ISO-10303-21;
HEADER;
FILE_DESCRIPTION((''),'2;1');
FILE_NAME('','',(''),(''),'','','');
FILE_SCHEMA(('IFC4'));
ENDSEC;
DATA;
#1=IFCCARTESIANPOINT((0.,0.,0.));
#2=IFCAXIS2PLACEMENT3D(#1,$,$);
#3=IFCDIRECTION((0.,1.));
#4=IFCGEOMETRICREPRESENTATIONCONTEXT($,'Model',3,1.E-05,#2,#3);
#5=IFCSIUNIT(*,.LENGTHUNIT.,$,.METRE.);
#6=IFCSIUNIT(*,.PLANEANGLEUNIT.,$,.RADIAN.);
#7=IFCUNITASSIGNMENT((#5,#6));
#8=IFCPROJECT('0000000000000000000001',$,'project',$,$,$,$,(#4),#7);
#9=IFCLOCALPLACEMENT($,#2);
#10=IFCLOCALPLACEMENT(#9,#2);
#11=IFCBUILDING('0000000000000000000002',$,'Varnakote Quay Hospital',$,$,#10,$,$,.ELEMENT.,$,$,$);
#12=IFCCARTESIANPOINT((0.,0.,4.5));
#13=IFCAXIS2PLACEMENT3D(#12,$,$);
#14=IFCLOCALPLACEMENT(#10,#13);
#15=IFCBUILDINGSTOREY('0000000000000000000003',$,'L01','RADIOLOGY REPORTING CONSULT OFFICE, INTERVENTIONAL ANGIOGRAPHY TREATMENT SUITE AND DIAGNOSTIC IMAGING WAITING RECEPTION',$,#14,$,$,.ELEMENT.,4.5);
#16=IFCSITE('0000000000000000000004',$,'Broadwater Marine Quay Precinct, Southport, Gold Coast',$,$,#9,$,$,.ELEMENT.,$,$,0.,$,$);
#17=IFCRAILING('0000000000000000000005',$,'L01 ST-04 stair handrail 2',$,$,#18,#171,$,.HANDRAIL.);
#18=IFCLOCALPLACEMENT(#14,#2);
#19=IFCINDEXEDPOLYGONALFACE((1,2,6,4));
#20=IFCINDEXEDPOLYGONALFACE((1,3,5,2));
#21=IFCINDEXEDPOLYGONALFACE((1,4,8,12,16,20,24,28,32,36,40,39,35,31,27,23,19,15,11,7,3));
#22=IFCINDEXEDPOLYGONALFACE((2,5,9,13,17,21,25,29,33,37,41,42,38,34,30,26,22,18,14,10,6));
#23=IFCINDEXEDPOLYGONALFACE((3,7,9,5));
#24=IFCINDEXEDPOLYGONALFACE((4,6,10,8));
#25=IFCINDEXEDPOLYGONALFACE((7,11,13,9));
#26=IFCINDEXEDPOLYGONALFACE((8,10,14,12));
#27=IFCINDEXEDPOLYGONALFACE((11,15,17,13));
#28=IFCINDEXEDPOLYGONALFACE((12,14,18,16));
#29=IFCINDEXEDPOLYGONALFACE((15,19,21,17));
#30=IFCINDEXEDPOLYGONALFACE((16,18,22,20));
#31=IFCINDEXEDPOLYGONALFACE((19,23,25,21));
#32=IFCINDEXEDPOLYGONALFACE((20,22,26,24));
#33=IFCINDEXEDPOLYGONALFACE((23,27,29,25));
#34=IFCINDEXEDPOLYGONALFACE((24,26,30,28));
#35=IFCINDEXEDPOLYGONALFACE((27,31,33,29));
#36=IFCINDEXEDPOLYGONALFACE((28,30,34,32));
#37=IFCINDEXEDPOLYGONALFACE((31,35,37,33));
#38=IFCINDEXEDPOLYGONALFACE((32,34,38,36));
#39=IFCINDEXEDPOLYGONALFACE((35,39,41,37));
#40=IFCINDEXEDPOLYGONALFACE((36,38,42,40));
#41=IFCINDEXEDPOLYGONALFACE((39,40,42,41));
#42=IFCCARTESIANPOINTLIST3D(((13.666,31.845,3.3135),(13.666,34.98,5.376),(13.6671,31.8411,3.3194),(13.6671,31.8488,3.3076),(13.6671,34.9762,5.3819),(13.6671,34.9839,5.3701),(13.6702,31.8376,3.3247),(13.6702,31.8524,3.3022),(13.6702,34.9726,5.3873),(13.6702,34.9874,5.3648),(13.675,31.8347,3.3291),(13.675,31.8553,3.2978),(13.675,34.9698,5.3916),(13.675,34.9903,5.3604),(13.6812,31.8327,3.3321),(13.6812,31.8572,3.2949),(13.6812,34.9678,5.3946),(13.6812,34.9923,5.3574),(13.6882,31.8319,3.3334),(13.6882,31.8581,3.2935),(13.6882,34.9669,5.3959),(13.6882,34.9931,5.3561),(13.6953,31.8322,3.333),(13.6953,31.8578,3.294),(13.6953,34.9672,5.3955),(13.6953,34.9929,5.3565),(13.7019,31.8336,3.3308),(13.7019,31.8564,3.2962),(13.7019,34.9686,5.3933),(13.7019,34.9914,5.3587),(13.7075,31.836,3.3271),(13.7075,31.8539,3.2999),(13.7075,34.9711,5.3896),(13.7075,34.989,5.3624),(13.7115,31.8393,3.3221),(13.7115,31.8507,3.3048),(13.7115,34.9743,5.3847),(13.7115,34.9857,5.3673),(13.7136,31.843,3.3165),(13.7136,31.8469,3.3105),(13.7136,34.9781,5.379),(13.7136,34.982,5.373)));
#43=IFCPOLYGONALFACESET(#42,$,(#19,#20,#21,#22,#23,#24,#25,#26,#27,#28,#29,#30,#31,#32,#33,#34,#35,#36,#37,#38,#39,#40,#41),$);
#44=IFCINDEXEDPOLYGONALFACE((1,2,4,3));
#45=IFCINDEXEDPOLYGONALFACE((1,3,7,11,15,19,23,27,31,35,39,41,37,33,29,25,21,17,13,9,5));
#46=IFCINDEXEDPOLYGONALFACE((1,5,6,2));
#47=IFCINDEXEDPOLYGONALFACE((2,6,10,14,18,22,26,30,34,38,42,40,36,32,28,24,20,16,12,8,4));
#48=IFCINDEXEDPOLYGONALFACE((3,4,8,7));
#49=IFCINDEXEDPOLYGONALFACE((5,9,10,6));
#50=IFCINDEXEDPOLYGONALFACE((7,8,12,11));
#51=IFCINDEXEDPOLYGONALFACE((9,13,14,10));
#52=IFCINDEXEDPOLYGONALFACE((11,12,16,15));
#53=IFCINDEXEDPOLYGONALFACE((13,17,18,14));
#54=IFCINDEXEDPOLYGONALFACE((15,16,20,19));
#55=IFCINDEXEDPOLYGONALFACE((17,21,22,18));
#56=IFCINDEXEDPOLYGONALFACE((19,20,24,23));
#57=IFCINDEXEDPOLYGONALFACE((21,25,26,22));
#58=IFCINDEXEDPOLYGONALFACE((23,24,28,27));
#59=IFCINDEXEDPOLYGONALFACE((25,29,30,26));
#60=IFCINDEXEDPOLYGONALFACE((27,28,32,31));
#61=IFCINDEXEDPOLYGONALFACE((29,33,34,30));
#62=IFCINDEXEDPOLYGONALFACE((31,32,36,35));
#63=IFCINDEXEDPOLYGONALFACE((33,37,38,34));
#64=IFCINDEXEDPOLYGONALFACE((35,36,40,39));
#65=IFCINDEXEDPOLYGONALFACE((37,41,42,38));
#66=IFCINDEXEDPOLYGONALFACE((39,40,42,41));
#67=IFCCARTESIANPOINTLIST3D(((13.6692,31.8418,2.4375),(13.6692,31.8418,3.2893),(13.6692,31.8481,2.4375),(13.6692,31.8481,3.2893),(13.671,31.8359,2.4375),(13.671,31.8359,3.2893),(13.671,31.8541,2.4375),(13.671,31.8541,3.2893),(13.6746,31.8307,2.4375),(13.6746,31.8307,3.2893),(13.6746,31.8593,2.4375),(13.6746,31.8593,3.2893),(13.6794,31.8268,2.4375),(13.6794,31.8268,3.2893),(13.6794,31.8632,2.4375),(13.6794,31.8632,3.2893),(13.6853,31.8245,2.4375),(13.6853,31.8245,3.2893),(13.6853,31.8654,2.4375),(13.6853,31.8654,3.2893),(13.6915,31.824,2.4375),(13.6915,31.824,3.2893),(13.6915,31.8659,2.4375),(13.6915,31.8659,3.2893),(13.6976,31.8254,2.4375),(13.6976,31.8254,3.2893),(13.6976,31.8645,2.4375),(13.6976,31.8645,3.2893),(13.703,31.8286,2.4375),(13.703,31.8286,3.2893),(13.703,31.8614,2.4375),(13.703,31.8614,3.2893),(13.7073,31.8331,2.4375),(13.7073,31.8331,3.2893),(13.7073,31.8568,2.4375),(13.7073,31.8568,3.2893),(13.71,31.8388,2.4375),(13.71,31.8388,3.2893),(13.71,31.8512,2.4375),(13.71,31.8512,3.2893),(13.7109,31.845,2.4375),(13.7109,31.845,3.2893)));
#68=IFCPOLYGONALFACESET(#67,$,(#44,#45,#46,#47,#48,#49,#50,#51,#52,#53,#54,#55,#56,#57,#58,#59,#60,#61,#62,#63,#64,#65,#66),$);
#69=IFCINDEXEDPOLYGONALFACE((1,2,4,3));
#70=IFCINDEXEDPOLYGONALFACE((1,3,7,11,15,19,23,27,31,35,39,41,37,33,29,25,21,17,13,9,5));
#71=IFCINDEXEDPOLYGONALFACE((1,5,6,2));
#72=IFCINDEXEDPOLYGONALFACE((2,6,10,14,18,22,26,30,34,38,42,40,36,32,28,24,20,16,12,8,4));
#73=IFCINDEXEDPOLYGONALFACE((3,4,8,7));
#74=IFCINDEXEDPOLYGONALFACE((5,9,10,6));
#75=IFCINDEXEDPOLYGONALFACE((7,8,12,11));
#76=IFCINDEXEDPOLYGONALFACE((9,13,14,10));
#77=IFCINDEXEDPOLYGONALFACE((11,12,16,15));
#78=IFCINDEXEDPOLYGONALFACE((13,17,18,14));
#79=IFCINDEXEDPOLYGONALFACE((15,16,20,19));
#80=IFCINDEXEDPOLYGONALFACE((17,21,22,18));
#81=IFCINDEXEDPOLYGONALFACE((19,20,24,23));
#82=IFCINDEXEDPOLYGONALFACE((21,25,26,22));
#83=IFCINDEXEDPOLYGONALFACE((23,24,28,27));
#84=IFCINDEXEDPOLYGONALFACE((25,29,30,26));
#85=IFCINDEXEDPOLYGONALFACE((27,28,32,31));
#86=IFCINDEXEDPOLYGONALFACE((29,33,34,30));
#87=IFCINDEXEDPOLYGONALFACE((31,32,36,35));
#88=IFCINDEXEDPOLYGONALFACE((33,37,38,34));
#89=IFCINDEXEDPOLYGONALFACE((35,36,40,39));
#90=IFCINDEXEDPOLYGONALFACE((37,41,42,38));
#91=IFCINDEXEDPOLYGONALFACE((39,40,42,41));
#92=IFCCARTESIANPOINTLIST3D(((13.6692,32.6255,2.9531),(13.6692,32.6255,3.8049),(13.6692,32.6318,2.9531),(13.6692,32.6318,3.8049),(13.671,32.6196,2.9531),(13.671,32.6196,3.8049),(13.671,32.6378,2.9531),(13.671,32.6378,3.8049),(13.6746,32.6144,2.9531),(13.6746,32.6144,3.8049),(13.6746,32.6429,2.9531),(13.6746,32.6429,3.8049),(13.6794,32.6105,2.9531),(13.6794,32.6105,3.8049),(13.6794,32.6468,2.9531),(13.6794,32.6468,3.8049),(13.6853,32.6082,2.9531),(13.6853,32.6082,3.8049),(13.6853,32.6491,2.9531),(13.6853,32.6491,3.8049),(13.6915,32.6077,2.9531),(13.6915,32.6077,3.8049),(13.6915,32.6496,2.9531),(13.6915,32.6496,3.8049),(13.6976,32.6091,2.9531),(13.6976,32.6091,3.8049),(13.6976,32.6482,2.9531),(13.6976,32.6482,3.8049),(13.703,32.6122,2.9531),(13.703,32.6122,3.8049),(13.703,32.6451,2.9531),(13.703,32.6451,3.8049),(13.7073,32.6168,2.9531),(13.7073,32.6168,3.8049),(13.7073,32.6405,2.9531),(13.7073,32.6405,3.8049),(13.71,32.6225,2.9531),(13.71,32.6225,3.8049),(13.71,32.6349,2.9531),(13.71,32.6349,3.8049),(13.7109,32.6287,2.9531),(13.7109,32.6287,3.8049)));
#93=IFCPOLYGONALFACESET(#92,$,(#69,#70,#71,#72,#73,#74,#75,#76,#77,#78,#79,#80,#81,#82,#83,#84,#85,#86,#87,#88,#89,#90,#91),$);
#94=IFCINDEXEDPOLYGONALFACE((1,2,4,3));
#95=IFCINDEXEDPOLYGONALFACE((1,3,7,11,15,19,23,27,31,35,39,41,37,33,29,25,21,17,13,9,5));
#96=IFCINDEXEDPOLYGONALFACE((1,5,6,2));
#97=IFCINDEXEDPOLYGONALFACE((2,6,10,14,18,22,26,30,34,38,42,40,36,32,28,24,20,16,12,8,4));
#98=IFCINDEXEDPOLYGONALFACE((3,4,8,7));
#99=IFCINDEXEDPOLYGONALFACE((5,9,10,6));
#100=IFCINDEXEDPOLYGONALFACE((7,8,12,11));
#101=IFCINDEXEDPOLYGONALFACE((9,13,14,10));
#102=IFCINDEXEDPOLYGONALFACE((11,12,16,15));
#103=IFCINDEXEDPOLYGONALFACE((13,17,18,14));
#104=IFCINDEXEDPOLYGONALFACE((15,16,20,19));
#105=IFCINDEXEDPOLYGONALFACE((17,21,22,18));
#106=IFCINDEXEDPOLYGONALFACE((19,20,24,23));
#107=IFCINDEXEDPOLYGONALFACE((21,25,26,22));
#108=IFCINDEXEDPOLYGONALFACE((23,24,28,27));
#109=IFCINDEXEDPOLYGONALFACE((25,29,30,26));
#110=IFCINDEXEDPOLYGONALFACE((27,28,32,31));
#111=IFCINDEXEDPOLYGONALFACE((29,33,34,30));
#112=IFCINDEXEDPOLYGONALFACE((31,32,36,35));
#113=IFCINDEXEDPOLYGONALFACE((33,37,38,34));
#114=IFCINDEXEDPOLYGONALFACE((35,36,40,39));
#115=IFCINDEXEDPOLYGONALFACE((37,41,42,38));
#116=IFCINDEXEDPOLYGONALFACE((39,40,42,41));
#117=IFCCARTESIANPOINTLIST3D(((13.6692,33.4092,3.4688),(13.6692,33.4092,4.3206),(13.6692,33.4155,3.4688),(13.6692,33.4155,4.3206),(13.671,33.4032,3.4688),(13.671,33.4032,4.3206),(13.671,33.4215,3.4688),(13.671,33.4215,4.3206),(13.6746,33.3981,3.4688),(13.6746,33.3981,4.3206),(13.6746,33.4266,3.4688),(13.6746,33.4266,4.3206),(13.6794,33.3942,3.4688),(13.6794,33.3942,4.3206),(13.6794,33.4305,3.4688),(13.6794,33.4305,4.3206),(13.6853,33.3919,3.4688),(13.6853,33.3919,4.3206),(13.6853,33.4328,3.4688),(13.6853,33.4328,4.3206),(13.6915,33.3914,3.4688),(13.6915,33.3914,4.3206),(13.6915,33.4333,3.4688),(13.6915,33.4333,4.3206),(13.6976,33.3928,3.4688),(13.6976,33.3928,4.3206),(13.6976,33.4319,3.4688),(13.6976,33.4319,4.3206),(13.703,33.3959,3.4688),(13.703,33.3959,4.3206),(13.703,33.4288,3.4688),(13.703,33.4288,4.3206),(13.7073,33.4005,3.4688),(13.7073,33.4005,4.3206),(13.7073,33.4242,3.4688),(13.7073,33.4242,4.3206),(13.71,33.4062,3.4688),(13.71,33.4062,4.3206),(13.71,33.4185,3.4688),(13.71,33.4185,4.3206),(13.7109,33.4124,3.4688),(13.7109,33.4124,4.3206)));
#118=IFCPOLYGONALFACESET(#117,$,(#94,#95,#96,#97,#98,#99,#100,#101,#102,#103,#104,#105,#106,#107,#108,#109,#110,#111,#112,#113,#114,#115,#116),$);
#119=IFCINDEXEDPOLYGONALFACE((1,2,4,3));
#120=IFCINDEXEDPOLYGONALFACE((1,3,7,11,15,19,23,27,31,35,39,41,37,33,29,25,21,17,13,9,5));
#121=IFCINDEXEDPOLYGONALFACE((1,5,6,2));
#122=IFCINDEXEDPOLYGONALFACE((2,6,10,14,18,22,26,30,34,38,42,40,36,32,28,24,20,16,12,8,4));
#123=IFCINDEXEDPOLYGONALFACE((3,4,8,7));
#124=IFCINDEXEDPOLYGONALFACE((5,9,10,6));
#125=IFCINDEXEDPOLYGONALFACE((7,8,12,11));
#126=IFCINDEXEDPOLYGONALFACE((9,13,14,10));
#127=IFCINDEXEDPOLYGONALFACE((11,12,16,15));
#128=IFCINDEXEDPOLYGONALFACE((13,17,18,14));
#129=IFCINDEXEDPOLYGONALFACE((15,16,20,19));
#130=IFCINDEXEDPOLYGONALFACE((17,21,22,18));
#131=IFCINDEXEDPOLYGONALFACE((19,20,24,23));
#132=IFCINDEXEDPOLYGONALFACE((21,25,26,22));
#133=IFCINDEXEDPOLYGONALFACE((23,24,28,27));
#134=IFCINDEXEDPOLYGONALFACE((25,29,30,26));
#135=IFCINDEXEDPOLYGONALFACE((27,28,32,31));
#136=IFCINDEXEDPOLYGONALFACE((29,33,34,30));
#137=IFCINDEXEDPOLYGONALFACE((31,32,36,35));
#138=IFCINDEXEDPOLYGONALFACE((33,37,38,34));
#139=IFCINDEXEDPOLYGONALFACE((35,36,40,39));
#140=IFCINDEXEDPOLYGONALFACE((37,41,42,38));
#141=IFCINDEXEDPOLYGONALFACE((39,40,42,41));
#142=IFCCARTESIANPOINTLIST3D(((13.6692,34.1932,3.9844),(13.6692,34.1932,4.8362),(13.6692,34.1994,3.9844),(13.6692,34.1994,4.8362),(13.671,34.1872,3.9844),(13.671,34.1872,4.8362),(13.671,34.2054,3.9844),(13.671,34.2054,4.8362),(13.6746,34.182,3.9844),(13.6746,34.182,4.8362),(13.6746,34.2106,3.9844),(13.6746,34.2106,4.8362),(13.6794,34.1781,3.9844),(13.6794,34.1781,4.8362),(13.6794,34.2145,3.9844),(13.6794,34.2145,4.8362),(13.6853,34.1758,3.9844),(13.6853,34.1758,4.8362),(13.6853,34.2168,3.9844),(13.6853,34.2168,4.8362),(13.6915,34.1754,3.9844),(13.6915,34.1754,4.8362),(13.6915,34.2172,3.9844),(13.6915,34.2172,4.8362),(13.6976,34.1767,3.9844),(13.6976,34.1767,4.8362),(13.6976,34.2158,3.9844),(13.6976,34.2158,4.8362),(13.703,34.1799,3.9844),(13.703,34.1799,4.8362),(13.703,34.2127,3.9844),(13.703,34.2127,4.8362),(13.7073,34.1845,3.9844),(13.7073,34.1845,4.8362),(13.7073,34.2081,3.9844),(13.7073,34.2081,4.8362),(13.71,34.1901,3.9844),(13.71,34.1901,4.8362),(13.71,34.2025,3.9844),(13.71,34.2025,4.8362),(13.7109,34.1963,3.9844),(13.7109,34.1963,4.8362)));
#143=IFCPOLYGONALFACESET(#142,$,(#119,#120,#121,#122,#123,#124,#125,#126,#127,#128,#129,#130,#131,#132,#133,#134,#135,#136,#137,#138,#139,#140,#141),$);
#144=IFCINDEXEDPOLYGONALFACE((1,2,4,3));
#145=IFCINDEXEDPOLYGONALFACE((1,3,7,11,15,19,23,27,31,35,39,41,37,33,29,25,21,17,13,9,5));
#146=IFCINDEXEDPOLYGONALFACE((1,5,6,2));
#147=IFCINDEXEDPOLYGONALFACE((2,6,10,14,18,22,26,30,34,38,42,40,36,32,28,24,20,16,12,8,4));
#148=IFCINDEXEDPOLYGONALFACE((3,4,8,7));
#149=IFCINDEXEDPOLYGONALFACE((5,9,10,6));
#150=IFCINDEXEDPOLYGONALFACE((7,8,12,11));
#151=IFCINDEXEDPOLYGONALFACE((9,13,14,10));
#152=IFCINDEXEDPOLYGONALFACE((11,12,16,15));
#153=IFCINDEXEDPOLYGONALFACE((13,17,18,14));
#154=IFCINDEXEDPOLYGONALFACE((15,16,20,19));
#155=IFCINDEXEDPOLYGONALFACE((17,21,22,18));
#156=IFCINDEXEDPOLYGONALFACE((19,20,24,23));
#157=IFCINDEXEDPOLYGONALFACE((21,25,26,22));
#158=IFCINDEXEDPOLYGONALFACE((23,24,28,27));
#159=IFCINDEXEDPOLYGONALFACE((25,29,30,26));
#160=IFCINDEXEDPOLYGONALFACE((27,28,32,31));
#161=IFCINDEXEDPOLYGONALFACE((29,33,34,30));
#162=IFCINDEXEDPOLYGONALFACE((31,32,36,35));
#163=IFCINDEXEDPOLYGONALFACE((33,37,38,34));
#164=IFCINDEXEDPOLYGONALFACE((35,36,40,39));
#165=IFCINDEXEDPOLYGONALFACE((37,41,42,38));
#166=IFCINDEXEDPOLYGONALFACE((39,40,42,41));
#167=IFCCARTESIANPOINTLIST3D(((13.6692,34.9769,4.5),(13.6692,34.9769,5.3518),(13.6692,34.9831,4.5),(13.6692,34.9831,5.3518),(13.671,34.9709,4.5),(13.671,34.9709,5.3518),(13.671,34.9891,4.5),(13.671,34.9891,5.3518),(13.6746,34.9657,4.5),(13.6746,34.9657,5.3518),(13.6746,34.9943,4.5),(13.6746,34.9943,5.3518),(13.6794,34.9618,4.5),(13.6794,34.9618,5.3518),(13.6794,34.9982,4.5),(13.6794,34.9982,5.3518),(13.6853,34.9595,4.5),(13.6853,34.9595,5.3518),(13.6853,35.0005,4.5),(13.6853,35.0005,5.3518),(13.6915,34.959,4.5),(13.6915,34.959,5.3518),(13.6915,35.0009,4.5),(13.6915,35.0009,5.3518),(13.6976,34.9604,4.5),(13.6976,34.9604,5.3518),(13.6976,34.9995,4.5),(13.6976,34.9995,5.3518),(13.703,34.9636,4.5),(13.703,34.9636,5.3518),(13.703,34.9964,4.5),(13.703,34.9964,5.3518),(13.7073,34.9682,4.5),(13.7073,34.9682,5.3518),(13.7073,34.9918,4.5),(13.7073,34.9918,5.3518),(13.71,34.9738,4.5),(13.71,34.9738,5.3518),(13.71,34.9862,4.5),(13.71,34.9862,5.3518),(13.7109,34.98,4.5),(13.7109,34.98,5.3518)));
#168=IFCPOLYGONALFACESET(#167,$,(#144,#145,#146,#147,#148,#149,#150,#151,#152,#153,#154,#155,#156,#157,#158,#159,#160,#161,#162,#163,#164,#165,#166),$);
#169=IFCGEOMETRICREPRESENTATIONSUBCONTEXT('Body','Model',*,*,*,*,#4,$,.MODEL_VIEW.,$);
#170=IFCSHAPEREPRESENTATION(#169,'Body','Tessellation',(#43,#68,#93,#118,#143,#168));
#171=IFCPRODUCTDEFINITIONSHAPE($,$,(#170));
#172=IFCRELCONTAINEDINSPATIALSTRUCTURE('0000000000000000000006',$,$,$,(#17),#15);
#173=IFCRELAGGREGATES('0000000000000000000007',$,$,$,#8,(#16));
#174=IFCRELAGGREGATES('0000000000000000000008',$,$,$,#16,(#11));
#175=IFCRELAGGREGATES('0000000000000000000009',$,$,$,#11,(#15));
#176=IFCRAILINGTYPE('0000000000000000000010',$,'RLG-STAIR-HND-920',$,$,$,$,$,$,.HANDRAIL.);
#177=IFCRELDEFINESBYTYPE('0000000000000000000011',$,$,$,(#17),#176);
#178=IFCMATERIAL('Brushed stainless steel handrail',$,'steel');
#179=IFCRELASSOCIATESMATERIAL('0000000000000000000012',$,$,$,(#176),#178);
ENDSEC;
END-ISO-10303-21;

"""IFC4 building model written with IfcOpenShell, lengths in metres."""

from ifc_helpers import new_model, si_unit, direction, frame, origin, origin_2d, place, context, subcontext, project, spatial, circle, extrude, material, type_object, element, save


model = new_model("IFC4")

# Units and contexts
model_context = context("Model", 3, precision=1e-05, world=origin(), true_north=direction((0.0, 1.0)))
body_context = subcontext(model_context, "Body", "Model", "MODEL_VIEW")
ifc_project = project(units=[si_unit("LENGTHUNIT", "METRE"), si_unit("PLANEANGLEUNIT", "RADIAN")], contexts=[model_context])

# Site, building, storey
site_placement = place(None, origin())
site = spatial("IfcSite", under=ifc_project, at=site_placement, Name="Broadwater Marine Quay Precinct, Southport, Gold Coast", CompositionType="ELEMENT", RefElevation=0.0)
building_placement = place(site_placement, origin())
building = spatial("IfcBuilding", under=site, at=building_placement, Name="Varnakote Quay Hospital", CompositionType="ELEMENT")
storey_placement = place(building_placement, frame((0.0, 0.0, 4.5)))
storey = spatial("IfcBuildingStorey", under=building, at=storey_placement, Name="L01", Description="RADIOLOGY REPORTING CONSULT OFFICE, INTERVENTIONAL ANGIOGRAPHY TREATMENT SUITE AND DIAGNOSTIC IMAGING WAITING RECEPTION", CompositionType="ELEMENT", Elevation=4.5)

# Railing
ifc_material_1 = material(Name="Brushed stainless steel handrail", Category="steel")
railing_type_1 = type_object("IfcRailingType", Name="RLG-STAIR-HND-920", PredefinedType="HANDRAIL", material=ifc_material_1)
railing_1_placement = place(storey_placement, frame((13.6899, 31.845, 2.4375)))
element("IfcRailing", 1, at=railing_1_placement, inside=storey, type_object=railing_type_1, Name="L01 ST-04 stair handrail 2", PredefinedType="HANDRAIL", context=body_context, shape_type="SweptSolid", body=[
    extrude(circle(Radius=0.0239, at=origin_2d()), frame((0.0, 0.0, 0.876), z_axis=(0.0, 0.835418, 0.549615), x_axis=(-1.0, 0.0, 0.0)), (0.0, 0.0, 1.0), 3.7527),
    extrude(circle(Radius=0.021, at=origin_2d()), origin(), (0.0, 0.0, 1.0), 0.8518),
    extrude(circle(Radius=0.021, at=origin_2d()), frame((0.0, 0.7837, 0.5156)), (0.0, 0.0, 1.0), 0.8518),
    extrude(circle(Radius=0.021, at=origin_2d()), frame((0.0, 1.5674, 1.0312)), (0.0, 0.0, 1.0), 0.8518),
    extrude(circle(Radius=0.021, at=origin_2d()), frame((0.0, 2.3513, 1.5469)), (0.0, 0.0, 1.0), 0.8518),
    extrude(circle(Radius=0.021, at=origin_2d()), frame((0.0, 3.135, 2.0625)), (0.0, 0.0, 1.0), 0.8518),
])

save(model, "model.ifc")
